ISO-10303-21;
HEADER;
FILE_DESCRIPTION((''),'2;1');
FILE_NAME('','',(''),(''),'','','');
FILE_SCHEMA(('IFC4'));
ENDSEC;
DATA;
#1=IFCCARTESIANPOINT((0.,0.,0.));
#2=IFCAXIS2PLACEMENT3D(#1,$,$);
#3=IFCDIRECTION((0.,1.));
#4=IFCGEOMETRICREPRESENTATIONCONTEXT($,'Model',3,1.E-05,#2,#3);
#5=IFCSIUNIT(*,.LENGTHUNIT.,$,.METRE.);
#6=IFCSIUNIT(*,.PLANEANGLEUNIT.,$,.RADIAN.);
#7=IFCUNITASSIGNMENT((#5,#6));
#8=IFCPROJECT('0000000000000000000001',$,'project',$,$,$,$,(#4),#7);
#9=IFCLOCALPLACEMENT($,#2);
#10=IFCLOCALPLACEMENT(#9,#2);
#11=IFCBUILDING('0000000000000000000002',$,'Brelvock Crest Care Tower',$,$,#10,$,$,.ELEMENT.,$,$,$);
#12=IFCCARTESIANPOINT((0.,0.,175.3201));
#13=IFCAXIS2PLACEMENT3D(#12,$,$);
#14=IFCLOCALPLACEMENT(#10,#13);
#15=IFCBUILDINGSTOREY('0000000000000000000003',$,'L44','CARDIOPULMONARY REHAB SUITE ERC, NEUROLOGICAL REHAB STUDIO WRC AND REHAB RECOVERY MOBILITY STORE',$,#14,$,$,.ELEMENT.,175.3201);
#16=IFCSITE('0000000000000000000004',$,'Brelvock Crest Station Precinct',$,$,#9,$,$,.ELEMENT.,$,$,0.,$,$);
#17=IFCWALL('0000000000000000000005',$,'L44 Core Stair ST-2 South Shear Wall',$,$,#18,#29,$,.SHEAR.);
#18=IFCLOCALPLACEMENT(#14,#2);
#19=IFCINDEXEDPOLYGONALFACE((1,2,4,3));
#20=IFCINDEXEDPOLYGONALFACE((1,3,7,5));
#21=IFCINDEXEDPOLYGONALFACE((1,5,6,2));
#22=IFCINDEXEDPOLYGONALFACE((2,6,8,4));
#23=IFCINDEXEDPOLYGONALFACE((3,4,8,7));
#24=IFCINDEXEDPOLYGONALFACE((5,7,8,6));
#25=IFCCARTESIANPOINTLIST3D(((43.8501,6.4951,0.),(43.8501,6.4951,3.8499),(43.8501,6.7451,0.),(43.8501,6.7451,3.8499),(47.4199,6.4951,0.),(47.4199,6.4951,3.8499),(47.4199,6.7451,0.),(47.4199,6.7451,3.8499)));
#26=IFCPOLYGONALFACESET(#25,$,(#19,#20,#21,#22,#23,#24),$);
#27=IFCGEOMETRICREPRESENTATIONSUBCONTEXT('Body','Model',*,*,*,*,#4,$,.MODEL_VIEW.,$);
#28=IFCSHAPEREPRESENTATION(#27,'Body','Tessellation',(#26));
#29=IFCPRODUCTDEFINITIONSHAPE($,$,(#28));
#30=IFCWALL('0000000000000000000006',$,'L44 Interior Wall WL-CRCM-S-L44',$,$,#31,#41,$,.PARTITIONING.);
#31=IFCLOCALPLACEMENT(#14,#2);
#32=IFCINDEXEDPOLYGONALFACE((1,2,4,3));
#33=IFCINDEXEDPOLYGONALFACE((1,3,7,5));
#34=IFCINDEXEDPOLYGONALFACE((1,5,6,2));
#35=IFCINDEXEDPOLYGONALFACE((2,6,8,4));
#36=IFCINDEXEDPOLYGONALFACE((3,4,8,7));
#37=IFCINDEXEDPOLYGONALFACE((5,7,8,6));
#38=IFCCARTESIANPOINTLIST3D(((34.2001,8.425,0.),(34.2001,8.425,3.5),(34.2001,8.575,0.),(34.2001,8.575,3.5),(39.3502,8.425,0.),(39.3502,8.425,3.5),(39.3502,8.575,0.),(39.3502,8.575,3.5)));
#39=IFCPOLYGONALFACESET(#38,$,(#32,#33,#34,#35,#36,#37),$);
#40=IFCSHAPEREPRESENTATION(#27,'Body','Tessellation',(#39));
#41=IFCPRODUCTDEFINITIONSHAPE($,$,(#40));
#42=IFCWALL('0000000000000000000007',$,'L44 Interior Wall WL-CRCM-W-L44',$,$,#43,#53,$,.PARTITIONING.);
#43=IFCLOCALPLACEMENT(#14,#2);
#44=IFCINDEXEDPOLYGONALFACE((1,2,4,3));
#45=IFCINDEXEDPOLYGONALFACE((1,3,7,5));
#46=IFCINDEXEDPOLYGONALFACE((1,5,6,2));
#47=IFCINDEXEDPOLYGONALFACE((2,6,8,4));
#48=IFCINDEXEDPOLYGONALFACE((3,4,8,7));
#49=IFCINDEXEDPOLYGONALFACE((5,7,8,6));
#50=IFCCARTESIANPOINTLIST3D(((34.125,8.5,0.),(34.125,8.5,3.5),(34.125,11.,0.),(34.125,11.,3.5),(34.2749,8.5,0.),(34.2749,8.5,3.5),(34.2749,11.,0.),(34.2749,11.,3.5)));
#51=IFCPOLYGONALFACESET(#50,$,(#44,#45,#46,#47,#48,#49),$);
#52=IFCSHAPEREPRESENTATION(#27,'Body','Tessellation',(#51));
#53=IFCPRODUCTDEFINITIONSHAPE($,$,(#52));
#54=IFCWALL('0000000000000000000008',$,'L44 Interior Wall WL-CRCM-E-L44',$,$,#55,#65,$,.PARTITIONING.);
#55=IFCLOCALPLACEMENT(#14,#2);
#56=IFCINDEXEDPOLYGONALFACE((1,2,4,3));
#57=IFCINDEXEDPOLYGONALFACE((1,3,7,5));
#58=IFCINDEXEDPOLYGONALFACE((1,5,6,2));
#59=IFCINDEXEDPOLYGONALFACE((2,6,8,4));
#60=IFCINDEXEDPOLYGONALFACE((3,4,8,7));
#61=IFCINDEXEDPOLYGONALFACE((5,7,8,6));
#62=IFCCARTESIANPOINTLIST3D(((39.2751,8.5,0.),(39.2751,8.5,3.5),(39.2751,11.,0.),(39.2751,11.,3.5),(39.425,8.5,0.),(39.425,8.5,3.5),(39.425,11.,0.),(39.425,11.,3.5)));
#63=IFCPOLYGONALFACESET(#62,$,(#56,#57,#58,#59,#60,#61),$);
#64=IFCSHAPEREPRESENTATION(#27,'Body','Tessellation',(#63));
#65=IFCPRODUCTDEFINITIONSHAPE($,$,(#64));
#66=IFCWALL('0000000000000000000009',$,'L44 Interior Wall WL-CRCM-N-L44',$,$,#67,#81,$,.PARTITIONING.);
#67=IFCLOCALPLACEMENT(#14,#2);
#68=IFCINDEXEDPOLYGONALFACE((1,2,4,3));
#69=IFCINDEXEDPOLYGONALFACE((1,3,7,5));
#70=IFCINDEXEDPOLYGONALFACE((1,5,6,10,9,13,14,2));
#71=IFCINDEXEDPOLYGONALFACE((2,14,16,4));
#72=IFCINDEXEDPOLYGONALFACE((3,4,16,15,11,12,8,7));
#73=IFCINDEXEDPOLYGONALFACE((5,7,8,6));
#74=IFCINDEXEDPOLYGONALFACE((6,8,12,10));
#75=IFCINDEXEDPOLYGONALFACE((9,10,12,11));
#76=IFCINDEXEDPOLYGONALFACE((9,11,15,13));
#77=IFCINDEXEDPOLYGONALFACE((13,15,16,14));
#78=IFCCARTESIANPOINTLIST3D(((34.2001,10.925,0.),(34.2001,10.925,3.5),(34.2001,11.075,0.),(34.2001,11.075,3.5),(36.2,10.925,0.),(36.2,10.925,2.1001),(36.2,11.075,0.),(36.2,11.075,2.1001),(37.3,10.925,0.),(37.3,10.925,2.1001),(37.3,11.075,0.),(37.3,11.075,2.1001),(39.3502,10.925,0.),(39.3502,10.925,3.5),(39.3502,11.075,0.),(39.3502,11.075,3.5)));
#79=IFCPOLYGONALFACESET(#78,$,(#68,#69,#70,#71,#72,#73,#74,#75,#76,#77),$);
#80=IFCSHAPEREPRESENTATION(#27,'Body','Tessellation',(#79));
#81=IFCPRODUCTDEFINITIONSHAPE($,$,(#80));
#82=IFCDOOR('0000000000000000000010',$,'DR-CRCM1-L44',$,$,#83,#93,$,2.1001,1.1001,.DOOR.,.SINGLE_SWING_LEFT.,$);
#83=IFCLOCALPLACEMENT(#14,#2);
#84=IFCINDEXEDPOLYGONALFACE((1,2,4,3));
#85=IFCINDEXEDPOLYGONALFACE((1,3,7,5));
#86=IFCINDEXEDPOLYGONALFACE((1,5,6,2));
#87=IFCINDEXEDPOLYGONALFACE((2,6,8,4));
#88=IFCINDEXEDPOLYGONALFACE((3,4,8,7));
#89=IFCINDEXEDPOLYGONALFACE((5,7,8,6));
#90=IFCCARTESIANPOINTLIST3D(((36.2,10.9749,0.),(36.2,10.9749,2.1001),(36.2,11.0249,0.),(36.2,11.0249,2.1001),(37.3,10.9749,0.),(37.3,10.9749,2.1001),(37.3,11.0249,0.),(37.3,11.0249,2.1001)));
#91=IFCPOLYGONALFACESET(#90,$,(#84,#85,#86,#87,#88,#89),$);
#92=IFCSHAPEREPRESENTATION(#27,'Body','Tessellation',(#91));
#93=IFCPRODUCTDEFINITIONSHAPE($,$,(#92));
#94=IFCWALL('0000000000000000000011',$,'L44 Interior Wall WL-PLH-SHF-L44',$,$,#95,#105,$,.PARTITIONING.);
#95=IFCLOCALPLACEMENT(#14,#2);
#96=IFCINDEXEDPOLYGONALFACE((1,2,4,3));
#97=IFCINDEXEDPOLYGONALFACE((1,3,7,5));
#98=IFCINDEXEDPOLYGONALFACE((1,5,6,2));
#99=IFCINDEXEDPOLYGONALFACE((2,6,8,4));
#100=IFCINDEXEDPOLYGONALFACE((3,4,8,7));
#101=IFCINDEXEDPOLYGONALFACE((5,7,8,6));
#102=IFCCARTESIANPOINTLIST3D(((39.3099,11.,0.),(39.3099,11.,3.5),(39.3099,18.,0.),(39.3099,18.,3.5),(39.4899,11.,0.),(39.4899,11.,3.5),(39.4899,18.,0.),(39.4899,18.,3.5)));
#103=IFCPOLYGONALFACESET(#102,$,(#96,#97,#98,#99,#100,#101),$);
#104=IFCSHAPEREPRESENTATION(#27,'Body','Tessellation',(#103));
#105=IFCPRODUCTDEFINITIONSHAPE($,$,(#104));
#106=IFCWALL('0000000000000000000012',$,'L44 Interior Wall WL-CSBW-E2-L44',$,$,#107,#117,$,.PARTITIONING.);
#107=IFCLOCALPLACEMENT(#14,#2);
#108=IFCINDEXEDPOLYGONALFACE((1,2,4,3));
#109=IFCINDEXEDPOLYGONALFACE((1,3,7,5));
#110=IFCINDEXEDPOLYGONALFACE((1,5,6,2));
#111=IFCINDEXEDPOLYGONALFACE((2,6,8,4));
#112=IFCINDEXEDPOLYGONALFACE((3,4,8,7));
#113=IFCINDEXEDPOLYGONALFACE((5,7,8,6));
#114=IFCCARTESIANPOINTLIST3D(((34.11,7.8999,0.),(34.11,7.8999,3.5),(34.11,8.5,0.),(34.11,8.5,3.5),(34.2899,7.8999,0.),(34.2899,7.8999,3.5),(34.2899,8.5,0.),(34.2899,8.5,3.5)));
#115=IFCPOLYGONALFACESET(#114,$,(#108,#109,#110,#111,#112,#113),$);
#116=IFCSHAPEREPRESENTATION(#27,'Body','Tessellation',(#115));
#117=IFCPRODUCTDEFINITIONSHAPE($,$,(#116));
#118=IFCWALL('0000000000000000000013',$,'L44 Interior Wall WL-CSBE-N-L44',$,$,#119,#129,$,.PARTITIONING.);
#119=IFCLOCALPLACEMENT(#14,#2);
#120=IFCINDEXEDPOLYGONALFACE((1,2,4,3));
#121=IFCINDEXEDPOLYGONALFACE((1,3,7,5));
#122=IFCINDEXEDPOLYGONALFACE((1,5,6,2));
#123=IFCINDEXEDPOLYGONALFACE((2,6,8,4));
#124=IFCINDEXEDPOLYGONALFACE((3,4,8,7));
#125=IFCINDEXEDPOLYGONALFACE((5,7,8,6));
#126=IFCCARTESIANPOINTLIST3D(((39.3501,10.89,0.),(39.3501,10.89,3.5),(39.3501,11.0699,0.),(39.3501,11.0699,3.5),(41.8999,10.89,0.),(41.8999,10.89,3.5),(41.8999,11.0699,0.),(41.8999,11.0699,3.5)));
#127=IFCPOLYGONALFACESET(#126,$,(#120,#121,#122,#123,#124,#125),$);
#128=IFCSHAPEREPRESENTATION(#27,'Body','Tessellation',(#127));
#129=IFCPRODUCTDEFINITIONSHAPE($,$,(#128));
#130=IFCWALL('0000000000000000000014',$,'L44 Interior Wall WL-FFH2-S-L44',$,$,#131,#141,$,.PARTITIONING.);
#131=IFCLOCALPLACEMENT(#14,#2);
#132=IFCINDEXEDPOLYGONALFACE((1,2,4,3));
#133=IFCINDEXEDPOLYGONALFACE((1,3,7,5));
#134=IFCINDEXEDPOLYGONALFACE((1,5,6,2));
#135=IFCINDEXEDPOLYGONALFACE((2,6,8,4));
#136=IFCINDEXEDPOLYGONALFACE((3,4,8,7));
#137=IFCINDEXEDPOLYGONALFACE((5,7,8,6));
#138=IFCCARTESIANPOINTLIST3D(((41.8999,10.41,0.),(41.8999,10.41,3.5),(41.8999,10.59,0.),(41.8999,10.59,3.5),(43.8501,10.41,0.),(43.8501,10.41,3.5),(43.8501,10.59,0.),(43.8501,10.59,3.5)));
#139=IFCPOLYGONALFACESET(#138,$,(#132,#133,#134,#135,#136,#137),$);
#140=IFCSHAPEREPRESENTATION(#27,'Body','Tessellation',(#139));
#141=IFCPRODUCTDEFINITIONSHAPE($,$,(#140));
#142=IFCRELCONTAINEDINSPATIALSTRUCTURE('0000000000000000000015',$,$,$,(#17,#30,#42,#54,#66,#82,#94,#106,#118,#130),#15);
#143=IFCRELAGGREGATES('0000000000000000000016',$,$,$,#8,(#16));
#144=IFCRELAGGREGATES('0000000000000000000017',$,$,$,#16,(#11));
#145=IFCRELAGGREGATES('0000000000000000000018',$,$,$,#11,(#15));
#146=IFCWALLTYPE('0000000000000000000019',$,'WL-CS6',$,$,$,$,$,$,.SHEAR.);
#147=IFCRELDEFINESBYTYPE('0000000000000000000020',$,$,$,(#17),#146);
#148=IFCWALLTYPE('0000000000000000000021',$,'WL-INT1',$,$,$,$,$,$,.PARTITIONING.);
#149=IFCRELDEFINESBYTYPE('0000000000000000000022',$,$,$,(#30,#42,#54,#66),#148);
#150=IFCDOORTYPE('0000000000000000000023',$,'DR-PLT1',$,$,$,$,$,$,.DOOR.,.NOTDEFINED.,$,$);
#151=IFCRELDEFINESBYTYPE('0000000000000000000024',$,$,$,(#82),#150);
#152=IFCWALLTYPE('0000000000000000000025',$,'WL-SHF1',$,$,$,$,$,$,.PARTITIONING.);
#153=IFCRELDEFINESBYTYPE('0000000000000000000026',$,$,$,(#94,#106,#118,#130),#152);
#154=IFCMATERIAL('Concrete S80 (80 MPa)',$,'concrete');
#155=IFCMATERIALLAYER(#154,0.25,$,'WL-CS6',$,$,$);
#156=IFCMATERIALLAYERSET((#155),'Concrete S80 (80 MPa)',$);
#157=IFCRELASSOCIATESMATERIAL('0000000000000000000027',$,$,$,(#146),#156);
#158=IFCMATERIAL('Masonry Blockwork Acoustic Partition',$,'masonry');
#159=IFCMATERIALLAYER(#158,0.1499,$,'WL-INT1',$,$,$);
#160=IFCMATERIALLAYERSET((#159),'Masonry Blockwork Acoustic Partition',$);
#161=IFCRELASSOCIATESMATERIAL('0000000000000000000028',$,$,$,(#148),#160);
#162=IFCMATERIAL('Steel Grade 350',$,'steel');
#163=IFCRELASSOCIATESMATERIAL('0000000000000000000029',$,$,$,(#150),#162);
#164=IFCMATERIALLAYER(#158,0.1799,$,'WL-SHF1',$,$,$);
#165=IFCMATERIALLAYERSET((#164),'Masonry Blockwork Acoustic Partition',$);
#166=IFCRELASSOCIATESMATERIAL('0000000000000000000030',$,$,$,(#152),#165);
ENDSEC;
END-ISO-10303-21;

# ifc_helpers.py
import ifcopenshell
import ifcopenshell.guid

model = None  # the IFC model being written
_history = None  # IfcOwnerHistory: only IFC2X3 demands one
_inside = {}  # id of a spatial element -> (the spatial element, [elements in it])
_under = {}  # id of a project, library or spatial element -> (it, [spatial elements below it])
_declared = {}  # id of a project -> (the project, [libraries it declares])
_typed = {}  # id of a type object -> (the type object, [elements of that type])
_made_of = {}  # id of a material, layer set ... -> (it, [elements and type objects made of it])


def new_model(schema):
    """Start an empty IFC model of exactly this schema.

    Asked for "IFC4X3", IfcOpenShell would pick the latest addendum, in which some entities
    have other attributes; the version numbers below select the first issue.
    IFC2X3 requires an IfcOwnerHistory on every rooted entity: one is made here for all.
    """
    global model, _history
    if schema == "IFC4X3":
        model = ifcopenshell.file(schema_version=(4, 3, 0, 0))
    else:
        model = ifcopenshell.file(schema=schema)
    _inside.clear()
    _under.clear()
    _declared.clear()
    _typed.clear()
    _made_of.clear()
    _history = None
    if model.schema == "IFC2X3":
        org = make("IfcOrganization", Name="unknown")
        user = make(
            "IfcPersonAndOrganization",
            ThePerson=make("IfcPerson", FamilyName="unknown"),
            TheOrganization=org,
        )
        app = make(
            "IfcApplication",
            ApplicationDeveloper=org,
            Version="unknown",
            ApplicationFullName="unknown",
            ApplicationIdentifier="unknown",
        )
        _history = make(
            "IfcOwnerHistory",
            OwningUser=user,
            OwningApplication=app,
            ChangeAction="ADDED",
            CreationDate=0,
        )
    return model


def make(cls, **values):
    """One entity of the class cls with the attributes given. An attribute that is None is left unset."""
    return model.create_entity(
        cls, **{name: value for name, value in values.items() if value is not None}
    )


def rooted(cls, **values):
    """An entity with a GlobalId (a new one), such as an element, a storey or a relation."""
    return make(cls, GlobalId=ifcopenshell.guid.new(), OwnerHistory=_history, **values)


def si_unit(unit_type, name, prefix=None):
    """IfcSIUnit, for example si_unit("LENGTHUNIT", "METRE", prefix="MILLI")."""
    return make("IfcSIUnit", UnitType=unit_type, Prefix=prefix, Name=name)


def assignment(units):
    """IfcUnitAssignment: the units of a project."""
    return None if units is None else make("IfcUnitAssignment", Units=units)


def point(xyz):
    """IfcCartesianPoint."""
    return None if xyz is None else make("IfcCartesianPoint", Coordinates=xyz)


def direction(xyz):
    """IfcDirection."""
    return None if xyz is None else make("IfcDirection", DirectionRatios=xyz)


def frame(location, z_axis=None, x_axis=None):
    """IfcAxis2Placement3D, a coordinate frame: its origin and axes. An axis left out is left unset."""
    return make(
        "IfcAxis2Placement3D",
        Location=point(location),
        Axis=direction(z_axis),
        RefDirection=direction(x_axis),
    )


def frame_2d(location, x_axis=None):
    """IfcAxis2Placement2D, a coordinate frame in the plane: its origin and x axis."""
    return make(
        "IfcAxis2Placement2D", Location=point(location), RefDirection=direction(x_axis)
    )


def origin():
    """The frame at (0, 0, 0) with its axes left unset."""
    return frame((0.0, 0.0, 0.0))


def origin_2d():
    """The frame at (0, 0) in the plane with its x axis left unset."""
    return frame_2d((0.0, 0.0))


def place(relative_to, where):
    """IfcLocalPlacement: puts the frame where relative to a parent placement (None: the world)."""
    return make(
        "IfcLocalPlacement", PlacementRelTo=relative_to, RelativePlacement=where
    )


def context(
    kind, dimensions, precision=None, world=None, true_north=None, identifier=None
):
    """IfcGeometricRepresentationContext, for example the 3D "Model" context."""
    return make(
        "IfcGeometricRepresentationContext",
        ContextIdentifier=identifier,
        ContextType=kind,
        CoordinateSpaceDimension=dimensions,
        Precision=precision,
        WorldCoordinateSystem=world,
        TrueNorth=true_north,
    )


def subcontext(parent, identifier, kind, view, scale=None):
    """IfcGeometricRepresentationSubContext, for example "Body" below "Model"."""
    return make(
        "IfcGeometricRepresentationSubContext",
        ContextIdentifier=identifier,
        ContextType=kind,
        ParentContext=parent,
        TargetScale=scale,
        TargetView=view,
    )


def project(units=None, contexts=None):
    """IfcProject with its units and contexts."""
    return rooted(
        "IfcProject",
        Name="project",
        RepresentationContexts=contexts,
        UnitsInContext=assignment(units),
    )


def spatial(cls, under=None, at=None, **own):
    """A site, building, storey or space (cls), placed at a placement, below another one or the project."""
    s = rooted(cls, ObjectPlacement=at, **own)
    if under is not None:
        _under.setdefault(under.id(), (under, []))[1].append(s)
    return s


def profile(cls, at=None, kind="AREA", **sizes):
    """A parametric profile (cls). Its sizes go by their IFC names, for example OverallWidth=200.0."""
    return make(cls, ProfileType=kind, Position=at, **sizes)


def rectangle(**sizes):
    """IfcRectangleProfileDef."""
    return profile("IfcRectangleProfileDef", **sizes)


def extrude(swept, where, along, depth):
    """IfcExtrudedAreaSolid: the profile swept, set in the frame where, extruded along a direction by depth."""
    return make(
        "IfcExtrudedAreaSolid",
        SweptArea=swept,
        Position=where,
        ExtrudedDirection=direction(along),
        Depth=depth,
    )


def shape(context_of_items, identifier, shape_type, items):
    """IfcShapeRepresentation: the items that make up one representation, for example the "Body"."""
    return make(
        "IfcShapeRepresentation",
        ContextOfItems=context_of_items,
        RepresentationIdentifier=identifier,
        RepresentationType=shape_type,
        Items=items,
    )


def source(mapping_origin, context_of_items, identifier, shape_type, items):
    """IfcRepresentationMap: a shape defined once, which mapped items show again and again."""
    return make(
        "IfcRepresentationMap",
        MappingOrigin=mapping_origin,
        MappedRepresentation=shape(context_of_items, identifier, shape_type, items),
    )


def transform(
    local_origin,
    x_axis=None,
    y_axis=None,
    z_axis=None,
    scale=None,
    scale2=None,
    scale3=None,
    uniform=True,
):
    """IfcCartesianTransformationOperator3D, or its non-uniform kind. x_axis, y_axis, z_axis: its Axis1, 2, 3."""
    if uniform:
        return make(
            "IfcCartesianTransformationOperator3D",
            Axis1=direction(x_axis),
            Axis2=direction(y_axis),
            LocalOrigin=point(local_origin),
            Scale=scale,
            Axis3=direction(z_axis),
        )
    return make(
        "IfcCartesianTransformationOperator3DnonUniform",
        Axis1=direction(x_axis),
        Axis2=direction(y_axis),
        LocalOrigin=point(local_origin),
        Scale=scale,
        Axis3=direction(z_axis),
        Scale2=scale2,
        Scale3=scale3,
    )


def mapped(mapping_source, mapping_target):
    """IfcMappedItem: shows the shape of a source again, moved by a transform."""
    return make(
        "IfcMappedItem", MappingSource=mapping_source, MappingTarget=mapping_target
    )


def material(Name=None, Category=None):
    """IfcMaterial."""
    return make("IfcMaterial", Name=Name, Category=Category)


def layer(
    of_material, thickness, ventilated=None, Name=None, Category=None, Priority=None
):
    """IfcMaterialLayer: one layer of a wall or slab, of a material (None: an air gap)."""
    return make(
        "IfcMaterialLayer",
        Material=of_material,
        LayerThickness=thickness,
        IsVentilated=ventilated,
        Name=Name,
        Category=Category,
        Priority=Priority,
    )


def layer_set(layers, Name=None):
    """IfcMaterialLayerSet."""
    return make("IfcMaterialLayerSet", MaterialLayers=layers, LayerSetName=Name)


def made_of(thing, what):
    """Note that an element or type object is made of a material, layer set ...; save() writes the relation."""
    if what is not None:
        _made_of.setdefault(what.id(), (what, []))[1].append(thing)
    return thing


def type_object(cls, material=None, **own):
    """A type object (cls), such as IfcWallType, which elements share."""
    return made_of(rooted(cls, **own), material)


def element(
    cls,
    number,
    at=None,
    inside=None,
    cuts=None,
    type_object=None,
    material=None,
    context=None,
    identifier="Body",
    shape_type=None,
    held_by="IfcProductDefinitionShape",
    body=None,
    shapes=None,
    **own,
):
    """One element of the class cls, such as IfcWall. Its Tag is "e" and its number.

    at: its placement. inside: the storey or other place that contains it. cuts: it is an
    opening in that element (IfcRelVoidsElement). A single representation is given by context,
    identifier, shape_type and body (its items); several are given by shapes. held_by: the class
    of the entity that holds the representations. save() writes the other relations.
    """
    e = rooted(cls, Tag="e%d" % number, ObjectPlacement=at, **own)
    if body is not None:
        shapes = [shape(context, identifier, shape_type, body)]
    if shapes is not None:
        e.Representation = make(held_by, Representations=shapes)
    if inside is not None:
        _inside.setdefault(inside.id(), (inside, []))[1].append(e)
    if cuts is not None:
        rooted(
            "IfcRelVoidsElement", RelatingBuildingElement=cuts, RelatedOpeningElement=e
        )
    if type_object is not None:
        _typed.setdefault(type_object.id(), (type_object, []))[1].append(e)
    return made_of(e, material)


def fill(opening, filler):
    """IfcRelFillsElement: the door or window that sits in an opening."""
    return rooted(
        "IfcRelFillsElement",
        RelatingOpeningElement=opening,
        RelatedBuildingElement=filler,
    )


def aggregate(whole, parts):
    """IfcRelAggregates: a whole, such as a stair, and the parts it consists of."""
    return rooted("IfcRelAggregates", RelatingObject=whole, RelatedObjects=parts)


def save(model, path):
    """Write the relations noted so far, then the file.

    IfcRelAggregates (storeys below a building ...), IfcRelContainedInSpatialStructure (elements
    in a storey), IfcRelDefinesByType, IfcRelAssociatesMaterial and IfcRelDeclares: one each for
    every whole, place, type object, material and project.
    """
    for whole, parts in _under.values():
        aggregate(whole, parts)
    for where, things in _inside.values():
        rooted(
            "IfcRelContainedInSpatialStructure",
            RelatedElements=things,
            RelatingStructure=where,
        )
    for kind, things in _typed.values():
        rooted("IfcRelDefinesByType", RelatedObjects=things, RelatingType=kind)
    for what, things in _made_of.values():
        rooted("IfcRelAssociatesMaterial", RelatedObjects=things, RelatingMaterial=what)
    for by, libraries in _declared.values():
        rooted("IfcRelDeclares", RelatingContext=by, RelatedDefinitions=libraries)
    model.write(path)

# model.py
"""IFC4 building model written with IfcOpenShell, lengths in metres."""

from ifc_helpers import new_model, si_unit, direction, frame, frame_2d, origin, origin_2d, place, context, subcontext, project, spatial, rectangle, extrude, source, transform, mapped, material, layer, layer_set, type_object, element, fill, save


model = new_model("IFC4")

# Units and contexts
model_context = context("Model", 3, precision=1e-05, world=origin(), true_north=direction((0.0, 1.0)))
body_context = subcontext(model_context, "Body", "Model", "MODEL_VIEW")
ifc_project = project(units=[si_unit("LENGTHUNIT", "METRE"), si_unit("PLANEANGLEUNIT", "RADIAN")], contexts=[model_context])

# Site, building, storey
site_placement = place(None, origin())
site = spatial("IfcSite", under=ifc_project, at=site_placement, Name="Brelvock Crest Station Precinct", CompositionType="ELEMENT", RefElevation=0.0)
building_placement = place(site_placement, origin())
building = spatial("IfcBuilding", under=site, at=building_placement, Name="Brelvock Crest Care Tower", CompositionType="ELEMENT")
storey_placement = place(building_placement, frame((0.0, 0.0, 175.3201)))
storey = spatial("IfcBuildingStorey", under=building, at=storey_placement, Name="L44", Description="CARDIOPULMONARY REHAB SUITE ERC, NEUROLOGICAL REHAB STUDIO WRC AND REHAB RECOVERY MOBILITY STORE", CompositionType="ELEMENT", Elevation=175.3201)

# Shared definitions
ifc_material_1 = material(Name="Steel Grade 350", Category="steel")

# Walls
ifc_material_2 = material(Name="Concrete S80 (80 MPa)", Category="concrete")
ifc_layer_1 = layer(ifc_material_2, 0.25, Name="WL-CS6")
ifc_layer_set_1 = layer_set([ifc_layer_1], Name="Concrete S80 (80 MPa)")
wall_type_1 = type_object("IfcWallType", Name="WL-CS6", PredefinedType="SHEAR", material=ifc_layer_set_1)
wall_1_placement = place(storey_placement, frame((43.8501, 6.6201, 0.0), z_axis=(0.0, 0.0, 1.0), x_axis=(1.0, 0.0, 0.0)))
element("IfcWall", 1, at=wall_1_placement, inside=storey, type_object=wall_type_1, Name="L44 Core Stair ST-2 South Shear Wall", PredefinedType="SHEAR", context=body_context, shape_type="SweptSolid", body=[
    extrude(rectangle(XDim=3.5698, YDim=0.25, at=frame_2d((1.7849, 0.0))), origin(), (0.0, 0.0, 1.0), 3.8499),
])
ifc_material_3 = material(Name="Masonry Blockwork Acoustic Partition", Category="masonry")
ifc_layer_2 = layer(ifc_material_3, 0.1499, Name="WL-INT1")
ifc_layer_set_2 = layer_set([ifc_layer_2], Name="Masonry Blockwork Acoustic Partition")
wall_type_2 = type_object("IfcWallType", Name="WL-INT1", PredefinedType="PARTITIONING", material=ifc_layer_set_2)
wall_2_placement = place(storey_placement, frame((34.2, 8.5, 0.0), z_axis=(0.0, 0.0, 1.0), x_axis=(1.0, 0.0, 0.0)))
element("IfcWall", 2, at=wall_2_placement, inside=storey, type_object=wall_type_2, Name="L44 Interior Wall WL-CRCM-S-L44", PredefinedType="PARTITIONING", context=body_context, shape_type="SweptSolid", body=[
    extrude(rectangle(XDim=5.1501, YDim=0.1499, at=frame_2d((2.5752, 0.0))), origin(), (0.0, 0.0, 1.0), 3.5),
])
for number, where, z_axis, x_axis, name in (
    (3, (34.2, 8.5, 0.0), (0.0, 0.0, 1.0), (0.0, 1.0, 0.0), "L44 Interior Wall WL-CRCM-W-L44"),
    (4, (39.3501, 8.5, 0.0), (0.0, 0.0, 1.0), (0.0, 1.0, 0.0), "L44 Interior Wall WL-CRCM-E-L44"),
):
    element("IfcWall", number, at=place(storey_placement, frame(where, z_axis=z_axis, x_axis=x_axis)), inside=storey, type_object=wall_type_2, Name=name, PredefinedType="PARTITIONING", context=body_context, shape_type="SweptSolid", body=[
        extrude(rectangle(XDim=2.5, YDim=0.1499, at=frame_2d((1.25, 0.0))), origin(), (0.0, 0.0, 1.0), 3.5),
    ])

# Wall, opening, door
wall_3_placement = place(storey_placement, frame((34.2, 11.0, 0.0), z_axis=(0.0, 0.0, 1.0), x_axis=(1.0, 0.0, 0.0)))
wall_3 = element("IfcWall", 5, at=wall_3_placement, inside=storey, type_object=wall_type_2, Name="L44 Interior Wall WL-CRCM-N-L44", PredefinedType="PARTITIONING", context=body_context, shape_type="SweptSolid", body=[
    extrude(rectangle(XDim=5.1501, YDim=0.1499, at=frame_2d((2.5752, 0.0))), origin(), (0.0, 0.0, 1.0), 3.5),
])
opening_placement = place(wall_3_placement, frame((2.0, 0.0, 0.0)))
opening = element("IfcOpeningElement", 6, at=opening_placement, cuts=wall_3, PredefinedType="OPENING", context=body_context, shape_type="SweptSolid", body=[
    extrude(rectangle(XDim=1.1001, YDim=2.1001, at=origin_2d()), frame((0.55, 0.085, 1.05), z_axis=(0.0, -1.0, 0.0), x_axis=(1.0, 0.0, 0.0)), (0.0, 0.0, 1.0), 0.1699),
])
door_type = type_object("IfcDoorType", Name="DR-PLT1", OperationType="NOTDEFINED", PredefinedType="DOOR", material=ifc_material_1)
shared_shape_1 = source(origin(), body_context, "Body", "SweptSolid", [
    extrude(rectangle(XDim=1.1001, YDim=2.1001, at=origin_2d()), frame((0.55, 0.0249, 1.05), z_axis=(0.0, -1.0, 0.0), x_axis=(1.0, 0.0, 0.0)), (0.0, 0.0, 1.0), 0.05),
])
door_placement = place(opening_placement, origin())
door = element("IfcDoor", 7, at=door_placement, inside=storey, type_object=door_type, Name="DR-CRCM1-L44", OperationType="SINGLE_SWING_LEFT", OverallHeight=2.1001, OverallWidth=1.1001, PredefinedType="DOOR", context=body_context, shape_type="MappedRepresentation", body=[
    mapped(shared_shape_1, transform((0.0, 0.0, 0.0), x_axis=(1.0, 0.0, 0.0), y_axis=(0.0, 1.0, 0.0), z_axis=(0.0, 0.0, 1.0), scale=1.0)),
])
fill(opening, door)

# Walls
ifc_layer_3 = layer(ifc_material_3, 0.1799, Name="WL-SHF1")
ifc_layer_set_3 = layer_set([ifc_layer_3], Name="Masonry Blockwork Acoustic Partition")
wall_type_3 = type_object("IfcWallType", Name="WL-SHF1", PredefinedType="PARTITIONING", material=ifc_layer_set_3)
wall_4_placement = place(storey_placement, frame((39.3999, 11.0, 0.0), z_axis=(0.0, 0.0, 1.0), x_axis=(0.0, 1.0, 0.0)))
element("IfcWall", 8, at=wall_4_placement, inside=storey, type_object=wall_type_3, Name="L44 Interior Wall WL-PLH-SHF-L44", PredefinedType="PARTITIONING", context=body_context, shape_type="SweptSolid", body=[
    extrude(rectangle(XDim=7.0, YDim=0.1799, at=frame_2d((3.5, 0.0))), origin(), (0.0, 0.0, 1.0), 3.5),
])
wall_5_placement = place(storey_placement, frame((34.2, 7.8999, 0.0), z_axis=(0.0, 0.0, 1.0), x_axis=(0.0, 1.0, 0.0)))
element("IfcWall", 9, at=wall_5_placement, inside=storey, type_object=wall_type_3, Name="L44 Interior Wall WL-CSBW-E2-L44", PredefinedType="PARTITIONING", context=body_context, shape_type="SweptSolid", body=[
    extrude(rectangle(XDim=0.6001, YDim=0.1799, at=frame_2d((0.3, 0.0))), origin(), (0.0, 0.0, 1.0), 3.5),
])
wall_6_placement = place(storey_placement, frame((39.3501, 10.98, 0.0), z_axis=(0.0, 0.0, 1.0), x_axis=(1.0, 0.0, 0.0)))
element("IfcWall", 10, at=wall_6_placement, inside=storey, type_object=wall_type_3, Name="L44 Interior Wall WL-CSBE-N-L44", PredefinedType="PARTITIONING", context=body_context, shape_type="SweptSolid", body=[
    extrude(rectangle(XDim=2.5498, YDim=0.1799, at=frame_2d((1.2749, 0.0))), origin(), (0.0, 0.0, 1.0), 3.5),
])
wall_7_placement = place(storey_placement, frame((41.8999, 10.5, 0.0), z_axis=(0.0, 0.0, 1.0), x_axis=(1.0, 0.0, 0.0)))
element("IfcWall", 11, at=wall_7_placement, inside=storey, type_object=wall_type_3, Name="L44 Interior Wall WL-FFH2-S-L44", PredefinedType="PARTITIONING", context=body_context, shape_type="SweptSolid", body=[
    extrude(rectangle(XDim=1.9502, YDim=0.1799, at=frame_2d((0.9751, 0.0))), origin(), (0.0, 0.0, 1.0), 3.5),
])

save(model, "model.ifc")
